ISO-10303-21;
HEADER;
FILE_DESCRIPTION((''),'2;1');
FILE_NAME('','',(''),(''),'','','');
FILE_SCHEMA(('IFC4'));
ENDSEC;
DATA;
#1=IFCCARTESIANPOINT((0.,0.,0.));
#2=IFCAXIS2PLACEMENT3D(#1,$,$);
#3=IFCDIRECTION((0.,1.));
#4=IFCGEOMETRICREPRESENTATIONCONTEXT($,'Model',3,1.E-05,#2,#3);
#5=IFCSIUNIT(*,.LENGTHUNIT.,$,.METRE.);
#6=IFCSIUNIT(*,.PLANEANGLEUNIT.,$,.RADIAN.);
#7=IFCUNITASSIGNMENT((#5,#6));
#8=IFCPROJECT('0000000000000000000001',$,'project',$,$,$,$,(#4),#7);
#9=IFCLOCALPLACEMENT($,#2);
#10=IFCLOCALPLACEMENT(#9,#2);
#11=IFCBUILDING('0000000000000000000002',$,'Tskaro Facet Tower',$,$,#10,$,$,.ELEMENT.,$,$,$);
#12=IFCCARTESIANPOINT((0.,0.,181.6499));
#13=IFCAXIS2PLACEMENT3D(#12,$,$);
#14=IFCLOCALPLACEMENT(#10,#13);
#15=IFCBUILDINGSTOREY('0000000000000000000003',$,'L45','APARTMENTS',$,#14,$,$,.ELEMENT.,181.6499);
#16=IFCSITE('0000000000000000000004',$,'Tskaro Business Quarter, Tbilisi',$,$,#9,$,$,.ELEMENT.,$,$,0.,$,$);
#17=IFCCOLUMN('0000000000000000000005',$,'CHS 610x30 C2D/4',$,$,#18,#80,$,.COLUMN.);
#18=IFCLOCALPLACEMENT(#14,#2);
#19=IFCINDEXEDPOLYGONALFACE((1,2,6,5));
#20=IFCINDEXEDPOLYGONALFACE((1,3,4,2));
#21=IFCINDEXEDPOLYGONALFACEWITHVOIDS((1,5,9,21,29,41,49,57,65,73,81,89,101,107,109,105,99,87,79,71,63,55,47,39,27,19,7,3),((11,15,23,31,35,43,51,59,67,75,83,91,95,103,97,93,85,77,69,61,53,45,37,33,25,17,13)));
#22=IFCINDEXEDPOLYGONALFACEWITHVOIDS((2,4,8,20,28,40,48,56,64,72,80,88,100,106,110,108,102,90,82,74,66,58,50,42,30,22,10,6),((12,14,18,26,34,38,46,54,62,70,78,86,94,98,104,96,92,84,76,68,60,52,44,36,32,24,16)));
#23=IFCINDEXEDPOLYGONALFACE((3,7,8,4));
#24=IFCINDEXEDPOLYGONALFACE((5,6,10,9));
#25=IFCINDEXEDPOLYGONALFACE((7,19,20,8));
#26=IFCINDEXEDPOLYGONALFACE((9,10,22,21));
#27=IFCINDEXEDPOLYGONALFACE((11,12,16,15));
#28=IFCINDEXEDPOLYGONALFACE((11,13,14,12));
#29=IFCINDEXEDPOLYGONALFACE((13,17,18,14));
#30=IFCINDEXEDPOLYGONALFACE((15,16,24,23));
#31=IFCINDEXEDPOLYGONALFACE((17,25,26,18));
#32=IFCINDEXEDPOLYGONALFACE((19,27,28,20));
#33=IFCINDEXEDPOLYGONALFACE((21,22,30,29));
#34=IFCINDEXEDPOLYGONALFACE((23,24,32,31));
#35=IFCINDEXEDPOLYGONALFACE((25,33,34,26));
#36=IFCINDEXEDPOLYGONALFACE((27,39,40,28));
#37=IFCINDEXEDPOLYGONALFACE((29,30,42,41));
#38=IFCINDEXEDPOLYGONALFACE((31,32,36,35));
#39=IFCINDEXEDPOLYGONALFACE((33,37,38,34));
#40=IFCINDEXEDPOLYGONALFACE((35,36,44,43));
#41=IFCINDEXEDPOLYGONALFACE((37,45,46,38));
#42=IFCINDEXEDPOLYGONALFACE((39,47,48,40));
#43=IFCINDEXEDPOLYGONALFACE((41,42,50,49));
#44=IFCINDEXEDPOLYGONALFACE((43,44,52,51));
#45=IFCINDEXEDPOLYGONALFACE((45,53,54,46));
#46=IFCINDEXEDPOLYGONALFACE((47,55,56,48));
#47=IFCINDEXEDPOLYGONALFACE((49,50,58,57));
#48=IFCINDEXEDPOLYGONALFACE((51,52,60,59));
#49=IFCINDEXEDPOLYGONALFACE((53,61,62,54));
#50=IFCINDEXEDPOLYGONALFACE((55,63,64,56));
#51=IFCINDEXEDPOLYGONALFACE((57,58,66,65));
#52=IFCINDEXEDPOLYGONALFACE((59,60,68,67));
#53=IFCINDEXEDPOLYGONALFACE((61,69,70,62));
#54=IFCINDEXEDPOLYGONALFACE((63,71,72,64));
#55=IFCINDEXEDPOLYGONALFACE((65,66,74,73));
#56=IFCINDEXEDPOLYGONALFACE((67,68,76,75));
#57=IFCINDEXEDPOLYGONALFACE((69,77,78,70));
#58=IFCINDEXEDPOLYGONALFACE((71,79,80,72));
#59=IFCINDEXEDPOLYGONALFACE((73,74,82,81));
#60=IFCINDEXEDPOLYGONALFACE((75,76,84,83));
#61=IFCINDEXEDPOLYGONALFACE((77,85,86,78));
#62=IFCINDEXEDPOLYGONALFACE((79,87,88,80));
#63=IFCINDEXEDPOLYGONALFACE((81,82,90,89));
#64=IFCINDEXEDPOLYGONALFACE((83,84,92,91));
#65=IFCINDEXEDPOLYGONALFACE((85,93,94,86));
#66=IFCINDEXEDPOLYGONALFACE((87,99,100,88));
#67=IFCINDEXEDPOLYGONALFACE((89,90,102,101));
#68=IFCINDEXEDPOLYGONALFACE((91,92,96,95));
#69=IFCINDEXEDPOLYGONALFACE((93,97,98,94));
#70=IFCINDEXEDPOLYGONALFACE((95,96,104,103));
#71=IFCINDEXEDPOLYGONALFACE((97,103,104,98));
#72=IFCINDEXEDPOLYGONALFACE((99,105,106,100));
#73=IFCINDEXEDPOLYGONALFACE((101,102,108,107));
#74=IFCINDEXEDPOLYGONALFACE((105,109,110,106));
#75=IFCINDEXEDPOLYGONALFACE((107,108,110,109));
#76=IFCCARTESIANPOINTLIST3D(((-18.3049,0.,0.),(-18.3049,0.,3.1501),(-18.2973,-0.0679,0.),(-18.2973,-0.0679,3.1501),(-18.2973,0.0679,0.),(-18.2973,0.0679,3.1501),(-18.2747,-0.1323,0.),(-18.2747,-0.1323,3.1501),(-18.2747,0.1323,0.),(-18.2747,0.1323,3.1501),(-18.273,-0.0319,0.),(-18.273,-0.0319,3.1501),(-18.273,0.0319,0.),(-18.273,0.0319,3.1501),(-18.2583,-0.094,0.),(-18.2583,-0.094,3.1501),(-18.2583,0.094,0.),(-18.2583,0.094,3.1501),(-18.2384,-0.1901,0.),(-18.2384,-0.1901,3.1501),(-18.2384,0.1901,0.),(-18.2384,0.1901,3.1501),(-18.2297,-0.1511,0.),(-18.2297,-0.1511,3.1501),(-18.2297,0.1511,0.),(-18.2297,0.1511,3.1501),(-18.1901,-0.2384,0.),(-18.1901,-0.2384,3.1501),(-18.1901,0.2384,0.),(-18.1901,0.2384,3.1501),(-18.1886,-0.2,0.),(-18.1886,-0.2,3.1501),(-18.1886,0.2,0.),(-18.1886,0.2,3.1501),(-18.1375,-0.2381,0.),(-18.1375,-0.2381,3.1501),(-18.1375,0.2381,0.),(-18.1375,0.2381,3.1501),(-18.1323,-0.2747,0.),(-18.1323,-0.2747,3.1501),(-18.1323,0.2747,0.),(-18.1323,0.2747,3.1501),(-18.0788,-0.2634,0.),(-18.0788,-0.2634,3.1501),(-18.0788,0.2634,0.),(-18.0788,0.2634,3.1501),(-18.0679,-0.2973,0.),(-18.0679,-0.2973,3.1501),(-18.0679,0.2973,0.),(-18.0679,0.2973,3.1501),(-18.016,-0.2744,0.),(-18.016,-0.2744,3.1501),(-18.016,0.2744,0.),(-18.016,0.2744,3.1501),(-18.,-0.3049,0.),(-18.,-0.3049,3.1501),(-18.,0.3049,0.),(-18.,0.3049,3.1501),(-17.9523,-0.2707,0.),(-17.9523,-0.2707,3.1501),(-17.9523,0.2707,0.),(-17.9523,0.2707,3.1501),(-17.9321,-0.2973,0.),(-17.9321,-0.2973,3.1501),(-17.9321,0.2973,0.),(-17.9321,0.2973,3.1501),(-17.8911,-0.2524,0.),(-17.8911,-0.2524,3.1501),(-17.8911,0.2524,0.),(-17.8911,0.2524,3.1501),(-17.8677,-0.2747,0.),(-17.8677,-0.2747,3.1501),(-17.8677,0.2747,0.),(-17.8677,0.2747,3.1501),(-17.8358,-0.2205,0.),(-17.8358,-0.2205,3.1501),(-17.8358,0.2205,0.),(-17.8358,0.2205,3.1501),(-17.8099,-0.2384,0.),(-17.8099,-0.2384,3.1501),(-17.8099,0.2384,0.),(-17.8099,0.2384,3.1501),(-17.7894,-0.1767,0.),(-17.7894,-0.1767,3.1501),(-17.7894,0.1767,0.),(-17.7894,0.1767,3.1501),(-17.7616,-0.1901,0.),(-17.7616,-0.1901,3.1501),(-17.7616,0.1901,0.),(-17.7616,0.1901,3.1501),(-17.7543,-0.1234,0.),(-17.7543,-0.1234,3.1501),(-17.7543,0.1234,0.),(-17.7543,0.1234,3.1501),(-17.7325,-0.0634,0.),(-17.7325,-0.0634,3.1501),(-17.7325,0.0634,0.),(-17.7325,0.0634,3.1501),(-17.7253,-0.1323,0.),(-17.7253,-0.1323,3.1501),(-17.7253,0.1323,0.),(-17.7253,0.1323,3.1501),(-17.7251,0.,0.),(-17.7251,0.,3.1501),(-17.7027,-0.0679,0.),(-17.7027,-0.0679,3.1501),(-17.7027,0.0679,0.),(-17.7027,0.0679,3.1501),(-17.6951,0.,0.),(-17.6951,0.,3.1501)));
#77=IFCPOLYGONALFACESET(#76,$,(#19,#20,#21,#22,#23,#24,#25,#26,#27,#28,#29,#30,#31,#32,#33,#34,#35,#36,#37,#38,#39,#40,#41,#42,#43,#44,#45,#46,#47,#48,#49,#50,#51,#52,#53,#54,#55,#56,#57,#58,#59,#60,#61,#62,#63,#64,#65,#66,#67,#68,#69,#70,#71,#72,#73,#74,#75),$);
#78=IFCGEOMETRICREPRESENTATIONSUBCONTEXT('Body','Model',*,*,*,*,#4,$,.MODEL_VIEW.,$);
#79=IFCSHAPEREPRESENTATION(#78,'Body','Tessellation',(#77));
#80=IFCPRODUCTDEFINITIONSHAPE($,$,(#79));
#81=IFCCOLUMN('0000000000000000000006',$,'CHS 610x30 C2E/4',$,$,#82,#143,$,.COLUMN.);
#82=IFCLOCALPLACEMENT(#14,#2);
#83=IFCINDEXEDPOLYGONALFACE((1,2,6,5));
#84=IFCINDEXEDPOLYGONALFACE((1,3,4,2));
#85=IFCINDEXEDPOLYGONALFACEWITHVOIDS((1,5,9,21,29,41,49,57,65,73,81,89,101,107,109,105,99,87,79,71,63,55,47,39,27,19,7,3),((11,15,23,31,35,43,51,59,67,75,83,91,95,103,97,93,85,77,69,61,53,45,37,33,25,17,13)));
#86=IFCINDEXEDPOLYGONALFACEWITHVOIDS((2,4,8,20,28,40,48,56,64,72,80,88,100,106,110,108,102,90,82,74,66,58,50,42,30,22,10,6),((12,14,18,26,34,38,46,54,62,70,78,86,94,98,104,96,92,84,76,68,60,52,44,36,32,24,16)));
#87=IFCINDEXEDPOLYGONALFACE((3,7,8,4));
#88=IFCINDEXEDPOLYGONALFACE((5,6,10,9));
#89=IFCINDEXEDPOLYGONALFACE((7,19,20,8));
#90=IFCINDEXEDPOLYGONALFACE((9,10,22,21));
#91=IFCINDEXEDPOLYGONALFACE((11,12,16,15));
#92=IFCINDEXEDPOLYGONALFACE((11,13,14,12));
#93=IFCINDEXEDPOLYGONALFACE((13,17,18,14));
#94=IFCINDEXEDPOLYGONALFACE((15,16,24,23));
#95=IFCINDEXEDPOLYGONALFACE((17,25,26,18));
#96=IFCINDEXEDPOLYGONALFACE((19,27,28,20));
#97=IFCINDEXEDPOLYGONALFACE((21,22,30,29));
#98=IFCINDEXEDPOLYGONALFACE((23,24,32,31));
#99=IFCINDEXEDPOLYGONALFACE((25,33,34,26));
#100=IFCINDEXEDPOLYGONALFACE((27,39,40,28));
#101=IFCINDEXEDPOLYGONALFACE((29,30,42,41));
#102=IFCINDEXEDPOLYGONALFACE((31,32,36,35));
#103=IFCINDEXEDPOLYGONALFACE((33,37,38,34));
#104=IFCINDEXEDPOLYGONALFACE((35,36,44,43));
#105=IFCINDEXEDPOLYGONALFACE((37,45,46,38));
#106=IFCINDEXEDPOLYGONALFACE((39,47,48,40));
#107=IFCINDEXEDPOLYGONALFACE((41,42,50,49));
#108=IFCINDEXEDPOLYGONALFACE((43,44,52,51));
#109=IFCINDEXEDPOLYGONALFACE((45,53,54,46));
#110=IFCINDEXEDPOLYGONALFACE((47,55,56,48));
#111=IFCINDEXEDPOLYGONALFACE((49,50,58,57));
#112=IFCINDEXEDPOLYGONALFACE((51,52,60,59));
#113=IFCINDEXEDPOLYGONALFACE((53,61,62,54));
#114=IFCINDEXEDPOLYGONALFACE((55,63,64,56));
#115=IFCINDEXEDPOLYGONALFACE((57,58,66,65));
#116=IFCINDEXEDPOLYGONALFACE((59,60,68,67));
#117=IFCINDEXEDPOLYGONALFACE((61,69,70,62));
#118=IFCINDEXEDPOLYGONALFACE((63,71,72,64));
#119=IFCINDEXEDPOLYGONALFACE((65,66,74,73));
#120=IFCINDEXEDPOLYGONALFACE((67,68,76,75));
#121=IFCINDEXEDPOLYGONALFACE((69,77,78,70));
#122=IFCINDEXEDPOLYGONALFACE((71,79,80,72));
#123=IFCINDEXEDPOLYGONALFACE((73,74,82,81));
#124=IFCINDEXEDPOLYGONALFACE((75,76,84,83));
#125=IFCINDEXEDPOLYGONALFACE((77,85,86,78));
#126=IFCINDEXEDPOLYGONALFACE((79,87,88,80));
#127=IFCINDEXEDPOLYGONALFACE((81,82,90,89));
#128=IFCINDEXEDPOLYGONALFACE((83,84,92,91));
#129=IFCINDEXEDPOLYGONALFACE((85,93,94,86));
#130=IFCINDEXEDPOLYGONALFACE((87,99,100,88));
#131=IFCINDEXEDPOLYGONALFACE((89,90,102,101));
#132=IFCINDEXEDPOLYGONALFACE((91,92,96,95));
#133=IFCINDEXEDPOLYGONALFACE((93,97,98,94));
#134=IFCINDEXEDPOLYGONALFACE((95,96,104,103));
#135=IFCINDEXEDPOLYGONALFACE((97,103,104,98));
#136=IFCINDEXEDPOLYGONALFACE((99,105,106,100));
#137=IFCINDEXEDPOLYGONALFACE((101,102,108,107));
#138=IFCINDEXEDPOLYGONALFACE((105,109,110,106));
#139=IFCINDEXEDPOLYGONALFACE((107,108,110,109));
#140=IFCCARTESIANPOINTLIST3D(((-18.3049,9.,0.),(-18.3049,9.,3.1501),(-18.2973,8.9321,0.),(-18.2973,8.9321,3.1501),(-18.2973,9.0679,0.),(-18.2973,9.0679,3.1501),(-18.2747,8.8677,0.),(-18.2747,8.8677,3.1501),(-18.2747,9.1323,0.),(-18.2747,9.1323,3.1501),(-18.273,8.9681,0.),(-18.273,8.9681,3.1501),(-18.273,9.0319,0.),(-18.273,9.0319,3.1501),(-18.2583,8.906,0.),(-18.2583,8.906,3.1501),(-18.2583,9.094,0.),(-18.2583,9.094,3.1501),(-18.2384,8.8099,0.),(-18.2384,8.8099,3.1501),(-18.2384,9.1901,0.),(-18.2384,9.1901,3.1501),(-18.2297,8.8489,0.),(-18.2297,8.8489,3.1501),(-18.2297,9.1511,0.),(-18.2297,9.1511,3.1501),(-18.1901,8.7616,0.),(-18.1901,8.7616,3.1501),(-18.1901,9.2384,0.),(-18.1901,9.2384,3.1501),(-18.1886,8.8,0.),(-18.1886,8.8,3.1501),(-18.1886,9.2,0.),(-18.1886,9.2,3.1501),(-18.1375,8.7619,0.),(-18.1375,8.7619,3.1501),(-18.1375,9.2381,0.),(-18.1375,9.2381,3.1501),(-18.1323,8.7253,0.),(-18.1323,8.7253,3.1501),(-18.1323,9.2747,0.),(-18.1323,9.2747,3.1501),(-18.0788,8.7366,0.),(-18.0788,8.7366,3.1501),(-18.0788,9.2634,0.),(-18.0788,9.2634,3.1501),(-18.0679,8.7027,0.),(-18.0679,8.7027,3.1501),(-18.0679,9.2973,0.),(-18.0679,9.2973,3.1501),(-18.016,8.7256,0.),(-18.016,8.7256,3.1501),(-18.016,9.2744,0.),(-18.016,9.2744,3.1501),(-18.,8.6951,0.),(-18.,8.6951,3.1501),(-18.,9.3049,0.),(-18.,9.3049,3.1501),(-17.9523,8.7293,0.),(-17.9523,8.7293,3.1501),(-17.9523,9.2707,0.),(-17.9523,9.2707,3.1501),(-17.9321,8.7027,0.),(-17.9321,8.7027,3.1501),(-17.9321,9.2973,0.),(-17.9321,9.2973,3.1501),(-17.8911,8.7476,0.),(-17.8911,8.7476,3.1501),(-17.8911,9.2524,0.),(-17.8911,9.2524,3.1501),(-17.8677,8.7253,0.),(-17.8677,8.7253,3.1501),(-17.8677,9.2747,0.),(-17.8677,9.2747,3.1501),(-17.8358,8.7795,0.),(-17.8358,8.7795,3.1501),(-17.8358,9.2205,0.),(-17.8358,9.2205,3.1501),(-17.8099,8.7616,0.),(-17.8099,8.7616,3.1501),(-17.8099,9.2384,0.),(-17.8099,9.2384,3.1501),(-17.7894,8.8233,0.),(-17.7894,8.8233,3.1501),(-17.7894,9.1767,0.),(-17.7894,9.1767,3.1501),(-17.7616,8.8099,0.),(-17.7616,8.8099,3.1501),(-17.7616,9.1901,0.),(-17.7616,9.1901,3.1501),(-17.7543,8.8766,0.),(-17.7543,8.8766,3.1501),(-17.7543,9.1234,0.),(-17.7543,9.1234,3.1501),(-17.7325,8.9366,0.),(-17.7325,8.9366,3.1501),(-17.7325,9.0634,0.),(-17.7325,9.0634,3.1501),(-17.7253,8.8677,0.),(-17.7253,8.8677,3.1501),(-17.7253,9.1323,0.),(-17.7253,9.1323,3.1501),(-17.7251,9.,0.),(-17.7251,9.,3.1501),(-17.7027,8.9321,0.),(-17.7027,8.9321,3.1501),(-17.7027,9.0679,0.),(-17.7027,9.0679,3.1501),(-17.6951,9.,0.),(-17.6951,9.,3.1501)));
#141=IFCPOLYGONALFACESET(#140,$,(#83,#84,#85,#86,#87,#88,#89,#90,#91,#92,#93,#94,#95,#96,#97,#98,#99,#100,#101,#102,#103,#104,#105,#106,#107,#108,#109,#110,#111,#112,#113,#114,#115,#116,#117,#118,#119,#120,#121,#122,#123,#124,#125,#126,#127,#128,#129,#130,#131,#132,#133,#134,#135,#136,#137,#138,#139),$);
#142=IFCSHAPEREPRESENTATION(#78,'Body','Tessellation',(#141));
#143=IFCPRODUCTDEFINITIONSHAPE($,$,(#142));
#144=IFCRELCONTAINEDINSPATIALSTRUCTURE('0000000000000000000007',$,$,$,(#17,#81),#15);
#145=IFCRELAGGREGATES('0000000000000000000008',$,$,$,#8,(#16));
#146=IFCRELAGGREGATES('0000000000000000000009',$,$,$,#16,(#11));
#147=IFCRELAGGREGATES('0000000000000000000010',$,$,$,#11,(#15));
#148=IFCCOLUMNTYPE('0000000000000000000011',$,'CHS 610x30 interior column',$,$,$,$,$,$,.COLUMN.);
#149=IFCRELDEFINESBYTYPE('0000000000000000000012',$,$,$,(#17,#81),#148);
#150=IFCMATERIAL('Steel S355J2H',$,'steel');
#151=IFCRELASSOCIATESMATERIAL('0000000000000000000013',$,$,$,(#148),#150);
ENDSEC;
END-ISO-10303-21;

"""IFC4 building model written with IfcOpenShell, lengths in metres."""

from ifc_helpers import new_model, si_unit, direction, frame, origin, origin_2d, place, context, subcontext, project, spatial, hollow_circle, extrude, material, material_profile, profile_set, type_object, element, save


model = new_model("IFC4")

# Units and contexts
model_context = context("Model", 3, precision=1e-05, world=origin(), true_north=direction((0.0, 1.0)))
body_context = subcontext(model_context, "Body", "Model", "MODEL_VIEW")
ifc_project = project(units=[si_unit("LENGTHUNIT", "METRE"), si_unit("PLANEANGLEUNIT", "RADIAN")], contexts=[model_context])

# Site, building, storey
site_placement = place(None, origin())
site = spatial("IfcSite", under=ifc_project, at=site_placement, Name="Tskaro Business Quarter, Tbilisi", CompositionType="ELEMENT", RefElevation=0.0)
building_placement = place(site_placement, origin())
building = spatial("IfcBuilding", under=site, at=building_placement, Name="Tskaro Facet Tower", CompositionType="ELEMENT")
storey_placement = place(building_placement, frame((0.0, 0.0, 181.6499)))
storey = spatial("IfcBuildingStorey", under=building, at=storey_placement, Name="L45", Description="APARTMENTS", CompositionType="ELEMENT", Elevation=181.6499)

# Columns
ifc_material_1 = material(Name="Steel S355J2H", Category="steel")
ifc_material_profile_1 = material_profile(ifc_material_1, hollow_circle(Radius=0.3049, WallThickness=0.03, at=origin_2d()), Name="CHS 610x30")
ifc_profile_set_1 = profile_set([ifc_material_profile_1], Name="Steel S355J2H")
column_type_1 = type_object("IfcColumnType", Name="CHS 610x30 interior column", PredefinedType="COLUMN", material=ifc_profile_set_1)
for number, where, z_axis, x_axis, name in (
    (1, (-18.0, 0.0, 0.0), (0.0, 0.0, 1.0), (1.0, 0.0, 0.0), "CHS 610x30 C2D/4"),
    (2, (-18.0, 9.0, 0.0), (0.0, 0.0, 1.0), (1.0, 0.0, 0.0), "CHS 610x30 C2E/4"),
):
    element("IfcColumn", number, at=place(storey_placement, frame(where, z_axis=z_axis, x_axis=x_axis)), inside=storey, type_object=column_type_1, Name=name, PredefinedType="COLUMN", context=body_context, shape_type="SweptSolid", body=[
        extrude(hollow_circle(Radius=0.3049, WallThickness=0.03, at=origin_2d()), origin(), (0.0, 0.0, 1.0), 3.1501),
    ])

save(model, "model.ifc")
